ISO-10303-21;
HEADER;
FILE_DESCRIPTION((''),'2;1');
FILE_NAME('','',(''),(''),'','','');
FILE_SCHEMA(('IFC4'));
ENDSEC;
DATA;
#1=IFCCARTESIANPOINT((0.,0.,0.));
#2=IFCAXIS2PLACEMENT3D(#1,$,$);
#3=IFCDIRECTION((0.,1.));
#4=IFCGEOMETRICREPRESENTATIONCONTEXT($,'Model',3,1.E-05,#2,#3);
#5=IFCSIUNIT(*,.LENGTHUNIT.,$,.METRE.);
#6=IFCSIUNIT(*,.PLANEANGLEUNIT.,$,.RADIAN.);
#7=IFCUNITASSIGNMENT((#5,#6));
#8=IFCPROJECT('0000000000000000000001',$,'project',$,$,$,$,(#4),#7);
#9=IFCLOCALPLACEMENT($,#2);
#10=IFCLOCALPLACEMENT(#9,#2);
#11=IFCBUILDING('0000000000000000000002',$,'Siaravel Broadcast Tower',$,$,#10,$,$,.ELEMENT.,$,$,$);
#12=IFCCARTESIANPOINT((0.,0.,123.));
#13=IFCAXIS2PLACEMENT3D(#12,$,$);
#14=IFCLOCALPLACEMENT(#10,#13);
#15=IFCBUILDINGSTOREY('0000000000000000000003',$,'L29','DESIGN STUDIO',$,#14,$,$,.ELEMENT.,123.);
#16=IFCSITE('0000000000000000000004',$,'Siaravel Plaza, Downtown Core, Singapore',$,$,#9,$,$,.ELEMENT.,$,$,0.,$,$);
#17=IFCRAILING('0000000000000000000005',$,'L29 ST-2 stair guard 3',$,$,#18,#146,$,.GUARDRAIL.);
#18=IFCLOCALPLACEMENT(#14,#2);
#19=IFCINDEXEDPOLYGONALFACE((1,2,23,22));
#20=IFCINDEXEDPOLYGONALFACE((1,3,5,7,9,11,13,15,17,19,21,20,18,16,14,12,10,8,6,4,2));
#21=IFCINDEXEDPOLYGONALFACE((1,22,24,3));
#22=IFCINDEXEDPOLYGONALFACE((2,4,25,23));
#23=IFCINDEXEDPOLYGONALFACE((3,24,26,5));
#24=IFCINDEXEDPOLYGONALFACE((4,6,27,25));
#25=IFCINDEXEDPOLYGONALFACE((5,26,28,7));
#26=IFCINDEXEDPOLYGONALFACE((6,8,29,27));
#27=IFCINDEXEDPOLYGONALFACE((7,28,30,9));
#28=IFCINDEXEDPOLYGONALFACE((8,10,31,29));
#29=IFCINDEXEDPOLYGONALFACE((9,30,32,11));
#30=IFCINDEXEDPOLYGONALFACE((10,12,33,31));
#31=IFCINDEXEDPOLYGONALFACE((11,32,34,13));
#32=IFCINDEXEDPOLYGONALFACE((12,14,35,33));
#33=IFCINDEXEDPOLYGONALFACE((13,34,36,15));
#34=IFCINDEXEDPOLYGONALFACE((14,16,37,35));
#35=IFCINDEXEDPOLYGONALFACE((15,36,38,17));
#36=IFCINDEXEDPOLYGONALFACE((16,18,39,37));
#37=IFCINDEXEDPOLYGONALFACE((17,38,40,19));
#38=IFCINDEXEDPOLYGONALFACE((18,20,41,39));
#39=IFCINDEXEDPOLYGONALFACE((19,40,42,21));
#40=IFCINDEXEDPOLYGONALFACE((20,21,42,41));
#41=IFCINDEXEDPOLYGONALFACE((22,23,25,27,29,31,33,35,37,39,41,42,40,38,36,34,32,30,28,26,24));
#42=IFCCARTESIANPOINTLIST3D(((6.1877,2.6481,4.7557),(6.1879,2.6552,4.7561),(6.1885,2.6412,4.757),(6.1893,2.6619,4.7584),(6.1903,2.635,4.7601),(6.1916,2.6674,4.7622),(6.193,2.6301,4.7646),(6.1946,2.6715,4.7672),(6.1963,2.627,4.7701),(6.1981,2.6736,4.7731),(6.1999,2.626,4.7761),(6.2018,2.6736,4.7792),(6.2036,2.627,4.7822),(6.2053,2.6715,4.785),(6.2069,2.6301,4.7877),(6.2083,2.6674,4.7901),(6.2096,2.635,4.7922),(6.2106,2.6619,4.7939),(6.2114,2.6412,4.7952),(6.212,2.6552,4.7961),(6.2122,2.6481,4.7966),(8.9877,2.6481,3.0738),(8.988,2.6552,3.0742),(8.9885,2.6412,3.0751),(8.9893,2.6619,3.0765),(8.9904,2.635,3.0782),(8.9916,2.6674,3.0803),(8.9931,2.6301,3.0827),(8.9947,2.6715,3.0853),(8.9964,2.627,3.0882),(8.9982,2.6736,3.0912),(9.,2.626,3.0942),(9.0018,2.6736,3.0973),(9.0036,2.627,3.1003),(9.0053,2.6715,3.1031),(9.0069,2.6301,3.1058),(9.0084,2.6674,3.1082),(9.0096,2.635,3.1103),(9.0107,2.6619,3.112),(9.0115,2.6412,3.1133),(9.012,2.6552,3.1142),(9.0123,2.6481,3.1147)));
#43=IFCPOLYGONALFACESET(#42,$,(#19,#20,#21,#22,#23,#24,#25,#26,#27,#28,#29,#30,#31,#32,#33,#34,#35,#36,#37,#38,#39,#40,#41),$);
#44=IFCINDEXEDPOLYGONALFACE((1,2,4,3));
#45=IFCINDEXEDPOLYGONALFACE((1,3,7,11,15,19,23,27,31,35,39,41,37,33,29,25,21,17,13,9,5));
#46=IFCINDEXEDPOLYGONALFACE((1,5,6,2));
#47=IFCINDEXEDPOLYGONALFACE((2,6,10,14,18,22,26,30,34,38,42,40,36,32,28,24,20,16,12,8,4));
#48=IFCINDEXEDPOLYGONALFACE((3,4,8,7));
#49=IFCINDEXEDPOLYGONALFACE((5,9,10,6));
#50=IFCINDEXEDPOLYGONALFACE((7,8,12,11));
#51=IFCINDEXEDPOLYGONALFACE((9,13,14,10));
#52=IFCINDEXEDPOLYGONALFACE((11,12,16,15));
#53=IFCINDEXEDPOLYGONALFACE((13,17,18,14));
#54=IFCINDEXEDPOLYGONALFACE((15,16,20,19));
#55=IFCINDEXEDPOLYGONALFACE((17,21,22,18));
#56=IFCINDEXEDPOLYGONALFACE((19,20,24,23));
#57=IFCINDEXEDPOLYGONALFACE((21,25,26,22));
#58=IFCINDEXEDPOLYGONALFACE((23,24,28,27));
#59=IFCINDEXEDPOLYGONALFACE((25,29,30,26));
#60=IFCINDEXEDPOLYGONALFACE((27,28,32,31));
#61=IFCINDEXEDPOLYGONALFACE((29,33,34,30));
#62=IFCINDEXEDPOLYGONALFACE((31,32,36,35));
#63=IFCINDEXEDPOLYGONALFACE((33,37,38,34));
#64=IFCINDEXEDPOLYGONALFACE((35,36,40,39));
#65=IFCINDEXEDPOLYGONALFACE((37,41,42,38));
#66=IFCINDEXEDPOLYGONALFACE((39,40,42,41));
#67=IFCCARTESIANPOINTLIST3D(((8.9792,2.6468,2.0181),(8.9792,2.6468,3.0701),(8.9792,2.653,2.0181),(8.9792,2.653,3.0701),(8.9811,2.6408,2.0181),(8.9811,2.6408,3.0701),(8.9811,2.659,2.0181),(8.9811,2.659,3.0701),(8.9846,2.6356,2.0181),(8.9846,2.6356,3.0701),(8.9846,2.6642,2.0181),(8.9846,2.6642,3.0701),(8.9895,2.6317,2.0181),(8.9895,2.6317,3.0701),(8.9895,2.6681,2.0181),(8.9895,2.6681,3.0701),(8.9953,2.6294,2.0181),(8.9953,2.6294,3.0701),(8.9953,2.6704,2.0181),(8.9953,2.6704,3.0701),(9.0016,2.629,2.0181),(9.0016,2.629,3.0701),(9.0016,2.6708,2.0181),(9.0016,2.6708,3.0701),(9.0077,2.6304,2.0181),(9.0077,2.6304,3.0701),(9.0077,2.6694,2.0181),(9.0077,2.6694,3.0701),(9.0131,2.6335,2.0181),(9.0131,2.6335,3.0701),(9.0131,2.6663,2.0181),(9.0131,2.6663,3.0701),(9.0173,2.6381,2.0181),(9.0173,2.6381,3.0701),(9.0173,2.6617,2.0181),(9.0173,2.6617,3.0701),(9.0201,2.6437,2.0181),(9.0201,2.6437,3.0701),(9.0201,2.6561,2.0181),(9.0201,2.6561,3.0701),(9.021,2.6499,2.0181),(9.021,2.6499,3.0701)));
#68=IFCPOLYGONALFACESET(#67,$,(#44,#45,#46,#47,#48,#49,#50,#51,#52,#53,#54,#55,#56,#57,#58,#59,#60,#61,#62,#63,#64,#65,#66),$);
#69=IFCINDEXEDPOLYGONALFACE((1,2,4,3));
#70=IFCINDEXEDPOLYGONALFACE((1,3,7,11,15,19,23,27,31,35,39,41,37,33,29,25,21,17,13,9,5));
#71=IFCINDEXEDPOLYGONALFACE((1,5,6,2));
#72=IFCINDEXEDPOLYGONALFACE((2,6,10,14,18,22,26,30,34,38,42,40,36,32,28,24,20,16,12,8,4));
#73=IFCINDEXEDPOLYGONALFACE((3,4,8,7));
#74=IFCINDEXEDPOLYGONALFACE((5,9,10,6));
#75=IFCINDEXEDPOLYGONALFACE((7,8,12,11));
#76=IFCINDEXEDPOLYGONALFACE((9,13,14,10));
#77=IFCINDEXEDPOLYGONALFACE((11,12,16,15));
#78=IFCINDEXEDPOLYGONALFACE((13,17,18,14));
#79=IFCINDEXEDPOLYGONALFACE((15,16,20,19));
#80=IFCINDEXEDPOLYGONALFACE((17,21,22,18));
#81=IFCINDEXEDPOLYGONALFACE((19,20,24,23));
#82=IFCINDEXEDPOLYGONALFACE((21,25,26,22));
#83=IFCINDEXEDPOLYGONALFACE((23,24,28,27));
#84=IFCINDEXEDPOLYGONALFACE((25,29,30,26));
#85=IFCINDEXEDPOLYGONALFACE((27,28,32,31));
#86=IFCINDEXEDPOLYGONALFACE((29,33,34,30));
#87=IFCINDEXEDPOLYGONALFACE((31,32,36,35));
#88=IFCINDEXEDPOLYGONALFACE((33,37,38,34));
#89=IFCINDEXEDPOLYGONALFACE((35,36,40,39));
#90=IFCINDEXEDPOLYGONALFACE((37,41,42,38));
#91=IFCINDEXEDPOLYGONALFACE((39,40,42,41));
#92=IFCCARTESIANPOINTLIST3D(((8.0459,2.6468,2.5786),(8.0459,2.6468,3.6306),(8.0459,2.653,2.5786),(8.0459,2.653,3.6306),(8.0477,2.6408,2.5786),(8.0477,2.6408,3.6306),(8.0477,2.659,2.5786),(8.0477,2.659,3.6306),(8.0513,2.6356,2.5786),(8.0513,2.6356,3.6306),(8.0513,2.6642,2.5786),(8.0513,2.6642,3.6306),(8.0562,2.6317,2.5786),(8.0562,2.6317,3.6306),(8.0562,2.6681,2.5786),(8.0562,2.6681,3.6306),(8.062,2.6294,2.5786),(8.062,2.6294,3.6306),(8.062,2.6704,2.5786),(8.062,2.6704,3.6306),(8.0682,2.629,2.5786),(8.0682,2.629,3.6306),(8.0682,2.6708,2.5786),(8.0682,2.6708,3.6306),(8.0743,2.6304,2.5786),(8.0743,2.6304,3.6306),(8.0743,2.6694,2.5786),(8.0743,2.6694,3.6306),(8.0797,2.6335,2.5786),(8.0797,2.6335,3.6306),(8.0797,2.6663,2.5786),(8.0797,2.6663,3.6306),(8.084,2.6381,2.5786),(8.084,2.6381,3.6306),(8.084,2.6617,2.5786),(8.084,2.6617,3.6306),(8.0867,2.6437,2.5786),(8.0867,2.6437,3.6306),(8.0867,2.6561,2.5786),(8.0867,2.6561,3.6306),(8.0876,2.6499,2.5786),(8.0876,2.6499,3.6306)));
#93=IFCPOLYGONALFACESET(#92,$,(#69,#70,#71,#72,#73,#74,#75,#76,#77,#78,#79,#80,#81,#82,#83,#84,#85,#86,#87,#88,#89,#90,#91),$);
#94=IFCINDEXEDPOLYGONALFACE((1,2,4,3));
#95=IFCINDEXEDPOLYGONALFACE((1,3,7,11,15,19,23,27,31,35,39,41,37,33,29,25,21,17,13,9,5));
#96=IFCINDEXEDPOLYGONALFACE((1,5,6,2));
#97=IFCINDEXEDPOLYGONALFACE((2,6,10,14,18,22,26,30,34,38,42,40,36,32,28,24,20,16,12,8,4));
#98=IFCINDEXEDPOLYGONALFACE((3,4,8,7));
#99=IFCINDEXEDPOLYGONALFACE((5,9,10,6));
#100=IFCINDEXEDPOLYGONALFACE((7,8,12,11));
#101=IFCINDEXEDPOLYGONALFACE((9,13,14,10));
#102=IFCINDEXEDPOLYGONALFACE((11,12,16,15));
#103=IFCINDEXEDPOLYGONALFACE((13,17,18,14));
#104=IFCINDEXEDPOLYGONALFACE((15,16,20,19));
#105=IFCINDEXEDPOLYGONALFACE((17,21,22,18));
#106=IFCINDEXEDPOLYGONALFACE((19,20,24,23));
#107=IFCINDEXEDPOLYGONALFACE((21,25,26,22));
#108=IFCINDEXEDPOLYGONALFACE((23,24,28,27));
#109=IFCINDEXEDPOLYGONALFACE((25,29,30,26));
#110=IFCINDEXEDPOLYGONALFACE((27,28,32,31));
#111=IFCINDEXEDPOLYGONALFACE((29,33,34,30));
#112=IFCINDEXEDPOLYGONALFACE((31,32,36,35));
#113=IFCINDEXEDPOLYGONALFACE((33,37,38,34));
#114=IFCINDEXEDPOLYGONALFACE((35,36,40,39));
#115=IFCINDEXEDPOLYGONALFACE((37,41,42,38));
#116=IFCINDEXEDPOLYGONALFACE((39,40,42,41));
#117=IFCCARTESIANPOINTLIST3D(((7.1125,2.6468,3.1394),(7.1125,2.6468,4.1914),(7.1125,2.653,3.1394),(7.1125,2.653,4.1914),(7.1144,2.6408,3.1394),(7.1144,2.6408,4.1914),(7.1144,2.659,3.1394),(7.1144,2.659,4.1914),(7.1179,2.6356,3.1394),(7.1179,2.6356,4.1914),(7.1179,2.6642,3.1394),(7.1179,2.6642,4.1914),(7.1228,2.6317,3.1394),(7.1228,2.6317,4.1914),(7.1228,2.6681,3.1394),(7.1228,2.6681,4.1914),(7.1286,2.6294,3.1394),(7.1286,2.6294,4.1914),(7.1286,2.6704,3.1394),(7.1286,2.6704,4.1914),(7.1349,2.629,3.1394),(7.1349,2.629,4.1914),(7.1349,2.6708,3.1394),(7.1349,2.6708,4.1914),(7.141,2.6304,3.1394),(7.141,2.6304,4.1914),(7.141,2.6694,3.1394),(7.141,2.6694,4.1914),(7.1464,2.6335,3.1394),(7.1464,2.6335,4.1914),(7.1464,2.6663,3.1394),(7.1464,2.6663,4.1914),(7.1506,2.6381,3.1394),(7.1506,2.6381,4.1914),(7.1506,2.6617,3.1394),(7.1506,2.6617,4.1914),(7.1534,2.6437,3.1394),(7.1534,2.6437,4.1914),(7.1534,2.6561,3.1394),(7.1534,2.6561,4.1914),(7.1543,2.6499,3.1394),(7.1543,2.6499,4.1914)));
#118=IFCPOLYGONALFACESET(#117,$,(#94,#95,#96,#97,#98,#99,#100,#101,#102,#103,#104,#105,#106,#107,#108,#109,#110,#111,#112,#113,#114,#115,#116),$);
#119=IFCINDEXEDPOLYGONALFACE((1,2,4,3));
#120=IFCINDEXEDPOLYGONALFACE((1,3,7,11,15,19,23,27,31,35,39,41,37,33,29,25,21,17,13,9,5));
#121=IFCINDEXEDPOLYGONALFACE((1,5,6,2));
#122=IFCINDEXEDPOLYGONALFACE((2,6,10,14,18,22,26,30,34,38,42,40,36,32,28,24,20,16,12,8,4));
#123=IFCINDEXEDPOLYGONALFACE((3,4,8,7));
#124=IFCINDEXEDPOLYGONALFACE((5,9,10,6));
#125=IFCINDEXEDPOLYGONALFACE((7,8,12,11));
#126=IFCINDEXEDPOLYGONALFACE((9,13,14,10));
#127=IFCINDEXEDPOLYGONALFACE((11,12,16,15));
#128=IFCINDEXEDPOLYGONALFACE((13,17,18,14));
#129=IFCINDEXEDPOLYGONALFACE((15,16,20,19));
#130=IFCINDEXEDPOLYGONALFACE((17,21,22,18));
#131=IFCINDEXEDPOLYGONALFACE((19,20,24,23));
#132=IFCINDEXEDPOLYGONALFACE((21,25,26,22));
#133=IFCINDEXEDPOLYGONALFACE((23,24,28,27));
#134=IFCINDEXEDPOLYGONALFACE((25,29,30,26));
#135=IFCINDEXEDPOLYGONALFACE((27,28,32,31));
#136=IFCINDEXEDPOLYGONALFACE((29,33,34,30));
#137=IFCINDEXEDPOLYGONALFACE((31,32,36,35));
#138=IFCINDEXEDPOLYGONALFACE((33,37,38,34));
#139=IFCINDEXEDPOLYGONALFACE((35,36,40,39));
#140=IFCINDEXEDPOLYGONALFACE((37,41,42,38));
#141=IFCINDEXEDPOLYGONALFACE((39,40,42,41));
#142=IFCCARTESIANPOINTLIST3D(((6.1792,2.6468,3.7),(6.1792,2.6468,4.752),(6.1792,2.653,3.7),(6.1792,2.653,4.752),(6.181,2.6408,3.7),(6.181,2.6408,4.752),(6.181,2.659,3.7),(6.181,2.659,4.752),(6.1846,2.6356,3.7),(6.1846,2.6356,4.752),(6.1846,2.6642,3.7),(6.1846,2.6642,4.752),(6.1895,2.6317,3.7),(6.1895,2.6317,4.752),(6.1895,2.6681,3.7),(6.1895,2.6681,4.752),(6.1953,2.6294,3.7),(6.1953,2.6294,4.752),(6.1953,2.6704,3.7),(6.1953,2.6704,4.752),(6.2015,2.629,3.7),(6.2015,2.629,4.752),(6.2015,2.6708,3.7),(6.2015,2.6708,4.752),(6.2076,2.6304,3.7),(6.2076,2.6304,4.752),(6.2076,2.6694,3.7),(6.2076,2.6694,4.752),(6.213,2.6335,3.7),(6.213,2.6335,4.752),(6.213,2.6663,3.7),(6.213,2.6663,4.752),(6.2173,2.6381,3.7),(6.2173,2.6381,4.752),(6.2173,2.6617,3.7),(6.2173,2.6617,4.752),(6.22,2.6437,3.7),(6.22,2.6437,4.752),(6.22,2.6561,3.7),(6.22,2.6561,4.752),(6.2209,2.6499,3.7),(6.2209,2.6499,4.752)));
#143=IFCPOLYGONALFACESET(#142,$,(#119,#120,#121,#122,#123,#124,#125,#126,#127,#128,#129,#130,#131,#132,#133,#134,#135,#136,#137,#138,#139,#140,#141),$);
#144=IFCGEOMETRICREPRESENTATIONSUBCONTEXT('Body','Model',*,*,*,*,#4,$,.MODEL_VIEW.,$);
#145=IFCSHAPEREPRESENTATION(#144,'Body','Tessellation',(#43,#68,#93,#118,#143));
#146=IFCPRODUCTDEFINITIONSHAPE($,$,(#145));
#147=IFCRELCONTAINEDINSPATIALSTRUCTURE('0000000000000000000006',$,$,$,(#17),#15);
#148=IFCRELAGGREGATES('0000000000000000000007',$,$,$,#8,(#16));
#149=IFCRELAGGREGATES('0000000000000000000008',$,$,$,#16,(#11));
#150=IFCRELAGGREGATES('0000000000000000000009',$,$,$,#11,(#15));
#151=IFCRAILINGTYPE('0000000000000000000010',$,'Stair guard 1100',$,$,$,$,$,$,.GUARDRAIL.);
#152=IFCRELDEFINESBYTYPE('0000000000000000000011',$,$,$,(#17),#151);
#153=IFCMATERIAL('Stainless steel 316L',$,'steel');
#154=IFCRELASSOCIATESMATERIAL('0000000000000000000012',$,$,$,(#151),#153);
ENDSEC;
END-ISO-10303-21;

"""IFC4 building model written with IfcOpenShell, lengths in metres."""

from ifc_helpers import new_model, si_unit, direction, frame, origin, origin_2d, place, context, subcontext, project, spatial, circle, extrude, material, type_object, element, save


model = new_model("IFC4")

# Units and contexts
model_context = context("Model", 3, precision=1e-05, world=origin(), true_north=direction((0.0, 1.0)))
body_context = subcontext(model_context, "Body", "Model", "MODEL_VIEW")
ifc_project = project(units=[si_unit("LENGTHUNIT", "METRE"), si_unit("PLANEANGLEUNIT", "RADIAN")], contexts=[model_context])

# Site, building, storey
site_placement = place(None, origin())
site = spatial("IfcSite", under=ifc_project, at=site_placement, Name="Siaravel Plaza, Downtown Core, Singapore", CompositionType="ELEMENT", RefElevation=0.0)
building_placement = place(site_placement, origin())
building = spatial("IfcBuilding", under=site, at=building_placement, Name="Siaravel Broadcast Tower", CompositionType="ELEMENT")
storey_placement = place(building_placement, frame((0.0, 0.0, 123.0)))
storey = spatial("IfcBuildingStorey", under=building, at=storey_placement, Name="L29", Description="DESIGN STUDIO", CompositionType="ELEMENT", Elevation=123.0)

# Railing
ifc_material_1 = material(Name="Stainless steel 316L", Category="steel")
railing_type_1 = type_object("IfcRailingType", Name="Stair guard 1100", PredefinedType="GUARDRAIL", material=ifc_material_1)
railing_1_placement = place(storey_placement, frame((9.0, 2.6499, 2.0181)))
element("IfcRailing", 1, at=railing_1_placement, inside=storey, type_object=railing_type_1, Name="L29 ST-2 stair guard 3", PredefinedType="GUARDRAIL", context=body_context, shape_type="SweptSolid", body=[
    extrude(circle(Radius=0.0239, at=origin_2d()), frame((0.0, 0.0, 1.0762), z_axis=(-0.857242, 0.0, 0.514913), x_axis=(0.0, -1.0, 0.0)), (0.0, 0.0, 1.0), 3.2664),
    extrude(circle(Radius=0.021, at=origin_2d()), origin(), (0.0, 0.0, 1.0), 1.052),
    extrude(circle(Radius=0.021, at=origin_2d()), frame((-0.9333, 0.0, 0.5605)), (0.0, 0.0, 1.0), 1.052),
    extrude(circle(Radius=0.021, at=origin_2d()), frame((-1.8667, 0.0, 1.1213)), (0.0, 0.0, 1.0), 1.052),
    extrude(circle(Radius=0.021, at=origin_2d()), frame((-2.8, 0.0, 1.6819)), (0.0, 0.0, 1.0), 1.052),
])

save(model, "model.ifc")
